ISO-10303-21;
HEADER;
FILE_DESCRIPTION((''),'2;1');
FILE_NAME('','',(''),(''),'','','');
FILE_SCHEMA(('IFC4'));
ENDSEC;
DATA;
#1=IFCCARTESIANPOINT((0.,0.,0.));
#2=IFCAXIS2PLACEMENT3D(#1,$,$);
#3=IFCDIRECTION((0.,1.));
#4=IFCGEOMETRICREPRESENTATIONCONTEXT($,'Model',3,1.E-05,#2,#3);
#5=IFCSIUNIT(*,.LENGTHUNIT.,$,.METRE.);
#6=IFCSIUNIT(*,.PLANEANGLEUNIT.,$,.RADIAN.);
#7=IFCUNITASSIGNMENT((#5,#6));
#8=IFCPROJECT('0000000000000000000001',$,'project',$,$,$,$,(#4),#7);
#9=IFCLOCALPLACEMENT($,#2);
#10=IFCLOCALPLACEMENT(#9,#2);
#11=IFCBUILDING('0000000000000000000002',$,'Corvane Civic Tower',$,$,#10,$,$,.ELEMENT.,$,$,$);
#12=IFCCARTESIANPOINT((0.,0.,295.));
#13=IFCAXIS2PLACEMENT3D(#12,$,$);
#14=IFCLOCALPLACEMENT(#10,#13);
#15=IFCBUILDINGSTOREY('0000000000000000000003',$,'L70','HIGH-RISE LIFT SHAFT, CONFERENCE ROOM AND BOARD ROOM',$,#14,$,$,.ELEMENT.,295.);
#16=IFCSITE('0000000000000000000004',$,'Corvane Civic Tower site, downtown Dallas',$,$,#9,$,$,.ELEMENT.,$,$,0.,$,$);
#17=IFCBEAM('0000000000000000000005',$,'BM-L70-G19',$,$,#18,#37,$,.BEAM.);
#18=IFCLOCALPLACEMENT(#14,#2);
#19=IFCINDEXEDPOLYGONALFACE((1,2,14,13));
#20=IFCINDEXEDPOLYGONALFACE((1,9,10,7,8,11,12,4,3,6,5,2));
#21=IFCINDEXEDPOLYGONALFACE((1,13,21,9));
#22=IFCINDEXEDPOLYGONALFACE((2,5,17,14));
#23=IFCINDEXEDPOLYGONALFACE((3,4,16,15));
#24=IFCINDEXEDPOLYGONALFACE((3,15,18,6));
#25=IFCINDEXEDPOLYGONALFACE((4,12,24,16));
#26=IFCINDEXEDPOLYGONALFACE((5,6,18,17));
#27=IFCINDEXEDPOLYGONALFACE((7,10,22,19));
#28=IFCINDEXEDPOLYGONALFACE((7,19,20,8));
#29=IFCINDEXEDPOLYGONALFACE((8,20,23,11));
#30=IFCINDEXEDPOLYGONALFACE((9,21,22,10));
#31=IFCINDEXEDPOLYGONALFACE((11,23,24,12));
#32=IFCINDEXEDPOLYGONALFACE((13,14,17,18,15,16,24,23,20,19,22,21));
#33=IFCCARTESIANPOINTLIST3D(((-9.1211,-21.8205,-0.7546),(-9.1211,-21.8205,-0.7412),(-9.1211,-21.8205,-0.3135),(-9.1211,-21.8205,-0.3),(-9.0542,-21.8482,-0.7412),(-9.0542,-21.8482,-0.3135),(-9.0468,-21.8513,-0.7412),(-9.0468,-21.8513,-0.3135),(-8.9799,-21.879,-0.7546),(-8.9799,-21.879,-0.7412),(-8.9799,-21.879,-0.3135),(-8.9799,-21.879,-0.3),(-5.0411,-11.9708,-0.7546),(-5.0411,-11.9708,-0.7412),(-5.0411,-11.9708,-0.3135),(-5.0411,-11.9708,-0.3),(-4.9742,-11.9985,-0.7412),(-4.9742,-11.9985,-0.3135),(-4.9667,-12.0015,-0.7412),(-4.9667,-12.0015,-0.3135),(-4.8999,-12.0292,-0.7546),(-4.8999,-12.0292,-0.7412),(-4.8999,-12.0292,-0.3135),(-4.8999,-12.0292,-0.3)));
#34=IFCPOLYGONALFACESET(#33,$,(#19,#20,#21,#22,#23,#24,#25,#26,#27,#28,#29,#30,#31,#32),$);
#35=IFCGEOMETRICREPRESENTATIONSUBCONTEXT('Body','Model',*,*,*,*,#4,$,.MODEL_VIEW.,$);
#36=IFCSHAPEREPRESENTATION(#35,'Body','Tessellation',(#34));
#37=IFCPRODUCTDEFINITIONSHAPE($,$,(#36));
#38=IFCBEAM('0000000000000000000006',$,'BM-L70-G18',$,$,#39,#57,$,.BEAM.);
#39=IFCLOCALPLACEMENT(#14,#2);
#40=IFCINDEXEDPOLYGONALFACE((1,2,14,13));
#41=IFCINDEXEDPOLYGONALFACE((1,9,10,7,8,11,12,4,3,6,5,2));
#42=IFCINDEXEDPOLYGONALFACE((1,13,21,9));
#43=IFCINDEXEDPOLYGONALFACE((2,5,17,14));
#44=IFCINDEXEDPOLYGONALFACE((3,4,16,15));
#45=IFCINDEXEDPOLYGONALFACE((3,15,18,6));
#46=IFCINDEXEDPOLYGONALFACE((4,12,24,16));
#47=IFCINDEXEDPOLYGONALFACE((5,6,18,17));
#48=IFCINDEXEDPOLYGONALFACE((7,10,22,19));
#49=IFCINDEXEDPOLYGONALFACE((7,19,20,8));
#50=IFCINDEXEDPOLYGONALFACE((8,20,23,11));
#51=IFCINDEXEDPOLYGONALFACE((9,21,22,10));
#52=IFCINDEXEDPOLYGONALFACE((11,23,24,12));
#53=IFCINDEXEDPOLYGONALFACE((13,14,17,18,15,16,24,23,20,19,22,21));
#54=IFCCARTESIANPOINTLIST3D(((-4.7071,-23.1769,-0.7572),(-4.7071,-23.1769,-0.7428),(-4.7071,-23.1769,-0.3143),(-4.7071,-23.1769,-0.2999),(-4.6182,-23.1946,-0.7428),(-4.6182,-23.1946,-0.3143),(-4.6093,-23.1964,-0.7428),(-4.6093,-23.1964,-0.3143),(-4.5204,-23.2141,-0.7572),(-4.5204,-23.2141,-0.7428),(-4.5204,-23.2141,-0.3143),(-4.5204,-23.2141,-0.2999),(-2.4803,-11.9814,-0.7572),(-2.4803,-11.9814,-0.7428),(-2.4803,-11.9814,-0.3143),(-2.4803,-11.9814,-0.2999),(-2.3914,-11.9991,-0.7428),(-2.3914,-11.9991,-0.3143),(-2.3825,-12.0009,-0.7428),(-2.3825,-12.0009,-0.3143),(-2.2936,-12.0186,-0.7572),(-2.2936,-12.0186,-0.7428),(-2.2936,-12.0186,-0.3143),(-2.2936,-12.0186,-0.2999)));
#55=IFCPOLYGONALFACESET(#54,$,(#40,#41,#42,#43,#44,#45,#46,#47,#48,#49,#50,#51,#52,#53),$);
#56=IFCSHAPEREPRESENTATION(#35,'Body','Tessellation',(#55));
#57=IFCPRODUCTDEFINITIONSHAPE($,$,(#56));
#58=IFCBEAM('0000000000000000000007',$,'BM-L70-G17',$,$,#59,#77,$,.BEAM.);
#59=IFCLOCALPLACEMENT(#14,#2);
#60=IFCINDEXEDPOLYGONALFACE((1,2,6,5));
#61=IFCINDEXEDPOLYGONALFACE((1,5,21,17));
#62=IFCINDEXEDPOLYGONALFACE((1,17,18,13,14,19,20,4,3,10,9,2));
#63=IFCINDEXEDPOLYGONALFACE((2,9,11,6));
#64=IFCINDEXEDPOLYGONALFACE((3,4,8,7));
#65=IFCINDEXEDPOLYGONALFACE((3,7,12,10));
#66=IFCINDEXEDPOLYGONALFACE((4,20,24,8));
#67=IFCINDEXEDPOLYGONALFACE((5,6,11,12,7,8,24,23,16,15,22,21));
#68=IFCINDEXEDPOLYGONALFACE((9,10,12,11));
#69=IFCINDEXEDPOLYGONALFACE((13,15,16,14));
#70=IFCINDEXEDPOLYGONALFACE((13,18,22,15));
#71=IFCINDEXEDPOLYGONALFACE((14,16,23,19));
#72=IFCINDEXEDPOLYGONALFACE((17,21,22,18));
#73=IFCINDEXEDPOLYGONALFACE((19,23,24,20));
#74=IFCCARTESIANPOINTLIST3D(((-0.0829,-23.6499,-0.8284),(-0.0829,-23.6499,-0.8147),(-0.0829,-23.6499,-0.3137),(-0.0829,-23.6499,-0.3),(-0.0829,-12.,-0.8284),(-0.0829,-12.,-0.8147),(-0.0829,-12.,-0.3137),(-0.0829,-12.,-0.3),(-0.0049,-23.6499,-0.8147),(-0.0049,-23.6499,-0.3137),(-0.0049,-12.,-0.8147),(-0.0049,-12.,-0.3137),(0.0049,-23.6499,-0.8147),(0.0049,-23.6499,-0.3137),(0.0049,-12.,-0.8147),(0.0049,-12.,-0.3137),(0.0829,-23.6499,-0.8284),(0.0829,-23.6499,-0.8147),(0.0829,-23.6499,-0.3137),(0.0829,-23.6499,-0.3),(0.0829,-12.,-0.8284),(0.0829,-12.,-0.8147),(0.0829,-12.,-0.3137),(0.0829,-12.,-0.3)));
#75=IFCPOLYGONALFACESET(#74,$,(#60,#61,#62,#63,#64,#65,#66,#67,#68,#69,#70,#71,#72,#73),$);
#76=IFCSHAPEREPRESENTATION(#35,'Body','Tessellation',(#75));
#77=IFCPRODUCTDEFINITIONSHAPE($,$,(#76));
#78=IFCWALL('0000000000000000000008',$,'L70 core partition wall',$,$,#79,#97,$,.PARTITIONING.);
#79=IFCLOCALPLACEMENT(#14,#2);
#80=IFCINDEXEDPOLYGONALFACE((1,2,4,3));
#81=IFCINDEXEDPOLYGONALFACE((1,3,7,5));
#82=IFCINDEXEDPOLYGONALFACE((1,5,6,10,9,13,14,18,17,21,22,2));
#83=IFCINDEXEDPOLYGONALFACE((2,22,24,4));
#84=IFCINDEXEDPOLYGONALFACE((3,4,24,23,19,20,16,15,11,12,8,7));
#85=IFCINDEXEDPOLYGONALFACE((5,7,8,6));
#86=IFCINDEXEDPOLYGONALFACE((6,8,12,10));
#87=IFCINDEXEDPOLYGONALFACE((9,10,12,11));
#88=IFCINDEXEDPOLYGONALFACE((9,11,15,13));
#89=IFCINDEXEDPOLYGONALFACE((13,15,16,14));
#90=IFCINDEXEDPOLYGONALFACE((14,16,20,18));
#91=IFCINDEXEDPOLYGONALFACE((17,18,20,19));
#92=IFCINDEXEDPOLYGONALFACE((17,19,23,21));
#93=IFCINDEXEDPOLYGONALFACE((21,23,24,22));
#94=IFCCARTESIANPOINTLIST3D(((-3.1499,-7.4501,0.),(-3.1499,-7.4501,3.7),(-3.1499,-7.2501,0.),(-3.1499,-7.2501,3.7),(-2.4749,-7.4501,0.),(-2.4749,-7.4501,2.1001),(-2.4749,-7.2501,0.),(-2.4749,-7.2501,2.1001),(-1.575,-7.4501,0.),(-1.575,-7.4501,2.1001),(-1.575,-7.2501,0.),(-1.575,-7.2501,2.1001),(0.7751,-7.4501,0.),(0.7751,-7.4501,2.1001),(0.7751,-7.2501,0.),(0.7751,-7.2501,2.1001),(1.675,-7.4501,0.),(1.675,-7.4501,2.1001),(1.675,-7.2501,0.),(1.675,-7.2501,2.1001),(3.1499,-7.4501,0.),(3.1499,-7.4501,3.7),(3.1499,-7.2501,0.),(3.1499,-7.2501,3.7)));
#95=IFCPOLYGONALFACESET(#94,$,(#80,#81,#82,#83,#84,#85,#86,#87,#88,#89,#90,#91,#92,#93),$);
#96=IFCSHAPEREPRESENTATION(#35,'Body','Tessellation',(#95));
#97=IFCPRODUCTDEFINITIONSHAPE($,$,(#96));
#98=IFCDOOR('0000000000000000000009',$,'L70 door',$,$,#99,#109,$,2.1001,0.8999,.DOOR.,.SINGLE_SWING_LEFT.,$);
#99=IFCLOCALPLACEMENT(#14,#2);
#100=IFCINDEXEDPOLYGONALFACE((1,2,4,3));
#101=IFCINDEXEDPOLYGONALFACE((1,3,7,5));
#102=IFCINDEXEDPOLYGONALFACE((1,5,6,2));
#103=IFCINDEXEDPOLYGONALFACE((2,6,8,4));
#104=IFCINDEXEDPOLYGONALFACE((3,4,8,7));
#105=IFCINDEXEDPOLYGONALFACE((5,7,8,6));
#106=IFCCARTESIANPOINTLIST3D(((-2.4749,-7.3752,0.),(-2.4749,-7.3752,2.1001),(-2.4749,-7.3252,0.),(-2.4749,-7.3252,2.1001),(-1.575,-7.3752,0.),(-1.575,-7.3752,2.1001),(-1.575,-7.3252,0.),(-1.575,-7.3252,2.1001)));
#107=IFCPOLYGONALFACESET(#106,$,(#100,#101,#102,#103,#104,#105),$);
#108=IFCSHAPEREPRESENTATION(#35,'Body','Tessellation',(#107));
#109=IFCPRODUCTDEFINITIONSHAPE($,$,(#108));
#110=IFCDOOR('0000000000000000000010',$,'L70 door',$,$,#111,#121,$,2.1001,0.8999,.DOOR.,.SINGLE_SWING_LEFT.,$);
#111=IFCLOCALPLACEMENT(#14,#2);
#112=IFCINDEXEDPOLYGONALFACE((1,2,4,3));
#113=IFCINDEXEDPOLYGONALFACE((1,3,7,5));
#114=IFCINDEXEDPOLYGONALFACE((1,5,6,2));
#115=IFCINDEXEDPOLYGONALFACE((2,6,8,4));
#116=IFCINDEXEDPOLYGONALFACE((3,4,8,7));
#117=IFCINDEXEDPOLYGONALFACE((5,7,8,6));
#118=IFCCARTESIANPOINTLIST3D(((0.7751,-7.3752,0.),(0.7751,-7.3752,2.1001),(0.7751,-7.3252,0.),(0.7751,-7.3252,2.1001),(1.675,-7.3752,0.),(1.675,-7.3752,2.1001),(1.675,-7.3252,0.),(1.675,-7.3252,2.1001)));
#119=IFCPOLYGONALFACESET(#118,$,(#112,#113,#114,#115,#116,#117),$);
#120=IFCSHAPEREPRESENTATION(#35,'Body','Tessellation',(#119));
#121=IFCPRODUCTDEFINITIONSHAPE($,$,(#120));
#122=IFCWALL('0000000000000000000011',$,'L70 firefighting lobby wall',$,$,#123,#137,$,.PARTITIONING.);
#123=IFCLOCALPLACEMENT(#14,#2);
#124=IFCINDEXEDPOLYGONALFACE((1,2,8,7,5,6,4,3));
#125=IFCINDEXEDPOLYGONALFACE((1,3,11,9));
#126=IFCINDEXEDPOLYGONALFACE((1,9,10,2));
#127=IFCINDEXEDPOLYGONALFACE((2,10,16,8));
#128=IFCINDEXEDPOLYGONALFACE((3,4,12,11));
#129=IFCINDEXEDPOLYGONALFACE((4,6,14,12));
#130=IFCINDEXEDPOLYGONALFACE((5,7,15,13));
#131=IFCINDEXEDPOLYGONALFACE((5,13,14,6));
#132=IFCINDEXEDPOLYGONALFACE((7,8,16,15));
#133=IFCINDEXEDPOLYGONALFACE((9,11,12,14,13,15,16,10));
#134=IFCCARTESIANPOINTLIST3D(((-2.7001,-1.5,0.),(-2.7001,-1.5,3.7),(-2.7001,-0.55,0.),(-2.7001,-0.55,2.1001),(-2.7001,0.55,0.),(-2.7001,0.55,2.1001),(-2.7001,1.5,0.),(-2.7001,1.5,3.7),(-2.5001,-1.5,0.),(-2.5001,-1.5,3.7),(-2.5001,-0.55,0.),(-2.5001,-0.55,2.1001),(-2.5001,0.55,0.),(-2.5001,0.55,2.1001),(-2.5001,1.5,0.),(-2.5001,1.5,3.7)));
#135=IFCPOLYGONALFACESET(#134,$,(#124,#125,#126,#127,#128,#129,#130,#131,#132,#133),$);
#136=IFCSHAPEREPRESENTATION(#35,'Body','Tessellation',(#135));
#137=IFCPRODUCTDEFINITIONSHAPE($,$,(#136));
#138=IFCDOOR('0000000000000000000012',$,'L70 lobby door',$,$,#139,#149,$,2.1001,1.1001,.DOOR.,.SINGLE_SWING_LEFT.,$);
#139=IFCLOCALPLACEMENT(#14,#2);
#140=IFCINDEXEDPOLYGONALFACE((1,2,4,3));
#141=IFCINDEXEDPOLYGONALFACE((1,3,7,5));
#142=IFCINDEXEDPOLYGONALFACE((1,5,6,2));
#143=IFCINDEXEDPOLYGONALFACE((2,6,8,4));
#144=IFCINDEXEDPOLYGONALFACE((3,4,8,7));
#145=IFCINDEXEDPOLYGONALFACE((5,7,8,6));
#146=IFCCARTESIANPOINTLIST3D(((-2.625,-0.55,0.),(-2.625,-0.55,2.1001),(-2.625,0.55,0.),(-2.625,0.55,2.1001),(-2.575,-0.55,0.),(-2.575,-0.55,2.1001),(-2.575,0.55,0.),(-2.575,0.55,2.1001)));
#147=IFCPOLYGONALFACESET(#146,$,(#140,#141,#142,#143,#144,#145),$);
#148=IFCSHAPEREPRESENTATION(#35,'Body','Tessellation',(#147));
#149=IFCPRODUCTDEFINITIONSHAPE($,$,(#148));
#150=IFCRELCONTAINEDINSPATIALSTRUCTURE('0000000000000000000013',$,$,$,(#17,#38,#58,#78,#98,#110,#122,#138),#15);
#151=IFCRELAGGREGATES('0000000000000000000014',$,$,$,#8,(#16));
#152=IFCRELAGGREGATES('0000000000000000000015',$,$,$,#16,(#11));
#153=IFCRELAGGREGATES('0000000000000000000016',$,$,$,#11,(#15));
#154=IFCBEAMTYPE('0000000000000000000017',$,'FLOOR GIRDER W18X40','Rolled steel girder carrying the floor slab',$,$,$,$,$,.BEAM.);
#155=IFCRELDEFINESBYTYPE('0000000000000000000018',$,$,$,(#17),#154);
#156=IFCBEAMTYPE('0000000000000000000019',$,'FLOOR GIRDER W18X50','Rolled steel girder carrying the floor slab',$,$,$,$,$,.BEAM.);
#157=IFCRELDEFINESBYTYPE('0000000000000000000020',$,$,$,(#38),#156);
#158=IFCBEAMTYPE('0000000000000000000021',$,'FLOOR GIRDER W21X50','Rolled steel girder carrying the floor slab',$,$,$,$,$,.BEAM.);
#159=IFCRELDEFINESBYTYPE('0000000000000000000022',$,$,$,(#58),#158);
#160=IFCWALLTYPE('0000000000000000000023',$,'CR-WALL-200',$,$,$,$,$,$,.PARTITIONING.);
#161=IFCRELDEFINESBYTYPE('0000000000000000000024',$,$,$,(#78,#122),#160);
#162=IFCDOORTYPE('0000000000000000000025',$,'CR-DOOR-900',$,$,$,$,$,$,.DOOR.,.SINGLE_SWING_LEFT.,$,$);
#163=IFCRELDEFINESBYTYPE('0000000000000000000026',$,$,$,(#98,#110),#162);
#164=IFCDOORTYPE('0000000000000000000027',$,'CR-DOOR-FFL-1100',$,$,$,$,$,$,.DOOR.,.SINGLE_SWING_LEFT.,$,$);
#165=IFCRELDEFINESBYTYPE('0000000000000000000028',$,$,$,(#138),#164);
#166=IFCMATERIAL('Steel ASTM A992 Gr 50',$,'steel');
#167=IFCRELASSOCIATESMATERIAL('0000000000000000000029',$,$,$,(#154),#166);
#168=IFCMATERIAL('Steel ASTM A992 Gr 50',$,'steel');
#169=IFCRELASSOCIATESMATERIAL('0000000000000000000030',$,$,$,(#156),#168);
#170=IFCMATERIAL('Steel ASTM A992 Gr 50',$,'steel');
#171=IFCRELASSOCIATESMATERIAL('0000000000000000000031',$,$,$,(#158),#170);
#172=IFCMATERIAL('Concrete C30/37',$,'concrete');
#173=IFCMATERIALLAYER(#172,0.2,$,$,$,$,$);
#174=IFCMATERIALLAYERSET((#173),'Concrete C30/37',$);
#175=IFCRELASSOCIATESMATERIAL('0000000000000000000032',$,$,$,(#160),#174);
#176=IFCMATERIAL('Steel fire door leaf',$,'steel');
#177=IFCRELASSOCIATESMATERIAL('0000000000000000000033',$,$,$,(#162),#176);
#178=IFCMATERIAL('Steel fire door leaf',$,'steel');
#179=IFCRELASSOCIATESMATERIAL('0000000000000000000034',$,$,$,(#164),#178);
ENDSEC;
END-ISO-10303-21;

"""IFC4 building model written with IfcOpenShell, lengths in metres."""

from ifc_helpers import new_model, si_unit, direction, frame, frame_2d, origin, origin_2d, place, context, subcontext, project, spatial, rectangle, i_section, extrude, material, layer, layer_set, material_profile, profile_set, type_object, element, fill, save


model = new_model("IFC4")

# Units and contexts
model_context = context("Model", 3, precision=1e-05, world=origin(), true_north=direction((0.0, 1.0)))
body_context = subcontext(model_context, "Body", "Model", "MODEL_VIEW")
ifc_project = project(units=[si_unit("LENGTHUNIT", "METRE"), si_unit("PLANEANGLEUNIT", "RADIAN")], contexts=[model_context])

# Site, building, storey
site_placement = place(None, origin())
site = spatial("IfcSite", under=ifc_project, at=site_placement, Name="Corvane Civic Tower site, downtown Dallas", CompositionType="ELEMENT", RefElevation=0.0)
building_placement = place(site_placement, origin())
building = spatial("IfcBuilding", under=site, at=building_placement, Name="Corvane Civic Tower", CompositionType="ELEMENT")
storey_placement = place(building_placement, frame((0.0, 0.0, 295.0)))
storey = spatial("IfcBuildingStorey", under=building, at=storey_placement, Name="L70", Description="HIGH-RISE LIFT SHAFT, CONFERENCE ROOM AND BOARD ROOM", CompositionType="ELEMENT", Elevation=295.0)

# Beams
ifc_material_1 = material(Name="Steel ASTM A992 Gr 50", Category="steel")
ifc_material_profile_1 = material_profile(ifc_material_1, i_section(OverallWidth=0.1528, OverallDepth=0.4546, WebThickness=0.0081, FlangeThickness=0.0134, at=origin_2d()), Name="W18X40")
ifc_profile_set_1 = profile_set([ifc_material_profile_1], Name="Steel ASTM A992 Gr 50")
beam_type_1 = type_object("IfcBeamType", Name="FLOOR GIRDER W18X40", Description="Rolled steel girder carrying the floor slab", PredefinedType="BEAM", material=ifc_profile_set_1)
beam_1_placement = place(storey_placement, frame((-4.9705, -12.0, -0.5273), z_axis=(-0.382694, -0.923875, 0.0), x_axis=(0.923875, -0.382694, 0.0)))
element("IfcBeam", 1, at=beam_1_placement, inside=storey, type_object=beam_type_1, Name="BM-L70-G19", PredefinedType="BEAM", context=body_context, shape_type="SweptSolid", body=[
    extrude(i_section(OverallWidth=0.1528, OverallDepth=0.4546, WebThickness=0.0081, FlangeThickness=0.0134, at=origin_2d()), origin(), (0.0, 0.0, 1.0), 10.6614),
])
ifc_material_2 = material(Name="Steel ASTM A992 Gr 50", Category="steel")
ifc_material_profile_2 = material_profile(ifc_material_2, i_section(OverallWidth=0.1904, OverallDepth=0.4573, WebThickness=0.009, FlangeThickness=0.0144, at=origin_2d()), Name="W18X50")
ifc_profile_set_2 = profile_set([ifc_material_profile_2], Name="Steel ASTM A992 Gr 50")
beam_type_2 = type_object("IfcBeamType", Name="FLOOR GIRDER W18X50", Description="Rolled steel girder carrying the floor slab", PredefinedType="BEAM", material=ifc_profile_set_2)
beam_2_placement = place(storey_placement, frame((-2.387, -12.0, -0.5286), z_axis=(-0.19508, -0.980787, 0.0), x_axis=(0.980787, -0.19508, 0.0)))
element("IfcBeam", 2, at=beam_2_placement, inside=storey, type_object=beam_type_2, Name="BM-L70-G18", PredefinedType="BEAM", context=body_context, shape_type="SweptSolid", body=[
    extrude(i_section(OverallWidth=0.1904, OverallDepth=0.4573, WebThickness=0.009, FlangeThickness=0.0144, at=origin_2d()), origin(), (0.0, 0.0, 1.0), 11.4148),
])
ifc_material_3 = material(Name="Steel ASTM A992 Gr 50", Category="steel")
ifc_material_profile_3 = material_profile(ifc_material_3, i_section(OverallWidth=0.1658, OverallDepth=0.5283, WebThickness=0.0098, FlangeThickness=0.0137, at=origin_2d()), Name="W21X50")
ifc_profile_set_3 = profile_set([ifc_material_profile_3], Name="Steel ASTM A992 Gr 50")
beam_type_3 = type_object("IfcBeamType", Name="FLOOR GIRDER W21X50", Description="Rolled steel girder carrying the floor slab", PredefinedType="BEAM", material=ifc_profile_set_3)
beam_3_placement = place(storey_placement, frame((0.0, -12.0, -0.5642), z_axis=(0.0, -1.0, 0.0), x_axis=(1.0, 0.0, 0.0)))
element("IfcBeam", 3, at=beam_3_placement, inside=storey, type_object=beam_type_3, Name="BM-L70-G17", PredefinedType="BEAM", context=body_context, shape_type="SweptSolid", body=[
    extrude(i_section(OverallWidth=0.1658, OverallDepth=0.5283, WebThickness=0.0098, FlangeThickness=0.0137, at=origin_2d()), origin(), (0.0, 0.0, 1.0), 11.6499),
])

# Wall, openings, doors
ifc_material_4 = material(Name="Concrete C30/37", Category="concrete")
ifc_layer = layer(ifc_material_4, 0.2)
ifc_layer_set = layer_set([ifc_layer], Name="Concrete C30/37")
wall_type = type_object("IfcWallType", Name="CR-WALL-200", PredefinedType="PARTITIONING", material=ifc_layer_set)
wall_1_placement = place(storey_placement, frame((-3.1499, -7.3501, 0.0), z_axis=(0.0, 0.0, 1.0), x_axis=(1.0, 0.0, 0.0)))
wall_1 = element("IfcWall", 4, at=wall_1_placement, inside=storey, type_object=wall_type, Name="L70 core partition wall", PredefinedType="PARTITIONING", context=body_context, shape_type="SweptSolid", body=[
    extrude(rectangle(XDim=6.2998, YDim=0.2, at=frame_2d((3.1499, 0.0))), origin(), (0.0, 0.0, 1.0), 3.7),
])
opening_1_placement = place(wall_1_placement, frame((0.675, 0.0, 0.0)))
opening_1 = element("IfcOpeningElement", 5, at=opening_1_placement, cuts=wall_1, PredefinedType="OPENING", context=body_context, shape_type="SweptSolid", body=[
    extrude(rectangle(XDim=0.8999, YDim=2.1001, at=frame_2d((0.45, 1.05))), frame((0.0, 0.1099, 0.0), z_axis=(0.0, -1.0, 0.0), x_axis=(1.0, 0.0, 0.0)), (0.0, 0.0, 1.0), 0.22),
])
opening_2_placement = place(wall_1_placement, frame((3.925, 0.0, 0.0)))
opening_2 = element("IfcOpeningElement", 6, at=opening_2_placement, cuts=wall_1, PredefinedType="OPENING", context=body_context, shape_type="SweptSolid", body=[
    extrude(rectangle(XDim=0.8999, YDim=2.1001, at=frame_2d((0.45, 1.05))), frame((0.0, 0.1099, 0.0), z_axis=(0.0, -1.0, 0.0), x_axis=(1.0, 0.0, 0.0)), (0.0, 0.0, 1.0), 0.22),
])
ifc_material_5 = material(Name="Steel fire door leaf", Category="steel")
door_type_1 = type_object("IfcDoorType", Name="CR-DOOR-900", OperationType="SINGLE_SWING_LEFT", PredefinedType="DOOR", material=ifc_material_5)
door_1_placement = place(opening_1_placement, origin())
door_1 = element("IfcDoor", 7, at=door_1_placement, inside=storey, type_object=door_type_1, Name="L70 door", OperationType="SINGLE_SWING_LEFT", OverallHeight=2.1001, OverallWidth=0.8999, PredefinedType="DOOR", context=body_context, shape_type="SweptSolid", body=[
    extrude(rectangle(XDim=0.8999, YDim=2.1001, at=frame_2d((0.45, 1.05))), frame((0.0, 0.0249, 0.0), z_axis=(0.0, -1.0, 0.0), x_axis=(1.0, 0.0, 0.0)), (0.0, 0.0, 1.0), 0.05),
])
fill(opening_1, door_1)
door_2_placement = place(opening_2_placement, origin())
door_2 = element("IfcDoor", 8, at=door_2_placement, inside=storey, type_object=door_type_1, Name="L70 door", OperationType="SINGLE_SWING_LEFT", OverallHeight=2.1001, OverallWidth=0.8999, PredefinedType="DOOR", context=body_context, shape_type="SweptSolid", body=[
    extrude(rectangle(XDim=0.8999, YDim=2.1001, at=frame_2d((0.45, 1.05))), frame((0.0, 0.0249, 0.0), z_axis=(0.0, -1.0, 0.0), x_axis=(1.0, 0.0, 0.0)), (0.0, 0.0, 1.0), 0.05),
])
fill(opening_2, door_2)

# Wall, opening, door
wall_2_placement = place(storey_placement, frame((-2.6001, -1.5, 0.0), z_axis=(0.0, 0.0, 1.0), x_axis=(0.0, 1.0, 0.0)))
wall_2 = element("IfcWall", 9, at=wall_2_placement, inside=storey, type_object=wall_type, Name="L70 firefighting lobby wall", PredefinedType="PARTITIONING", context=body_context, shape_type="SweptSolid", body=[
    extrude(rectangle(XDim=3.0, YDim=0.2, at=frame_2d((1.5, 0.0))), origin(), (0.0, 0.0, 1.0), 3.7),
])
opening_3_placement = place(wall_2_placement, frame((0.95, 0.0, 0.0)))
opening_3 = element("IfcOpeningElement", 10, at=opening_3_placement, cuts=wall_2, PredefinedType="OPENING", context=body_context, shape_type="SweptSolid", body=[
    extrude(rectangle(XDim=1.1001, YDim=2.1001, at=frame_2d((0.55, 1.05))), frame((0.0, 0.1099, 0.0), z_axis=(0.0, -1.0, 0.0), x_axis=(1.0, 0.0, 0.0)), (0.0, 0.0, 1.0), 0.22),
])
ifc_material_6 = material(Name="Steel fire door leaf", Category="steel")
door_type_2 = type_object("IfcDoorType", Name="CR-DOOR-FFL-1100", OperationType="SINGLE_SWING_LEFT", PredefinedType="DOOR", material=ifc_material_6)
door_3_placement = place(opening_3_placement, origin())
door_3 = element("IfcDoor", 11, at=door_3_placement, inside=storey, type_object=door_type_2, Name="L70 lobby door", OperationType="SINGLE_SWING_LEFT", OverallHeight=2.1001, OverallWidth=1.1001, PredefinedType="DOOR", context=body_context, shape_type="SweptSolid", body=[
    extrude(rectangle(XDim=1.1001, YDim=2.1001, at=frame_2d((0.55, 1.05))), frame((0.0, 0.0249, 0.0), z_axis=(0.0, -1.0, 0.0), x_axis=(1.0, 0.0, 0.0)), (0.0, 0.0, 1.0), 0.05),
])
fill(opening_3, door_3)

save(model, "model.ifc")
